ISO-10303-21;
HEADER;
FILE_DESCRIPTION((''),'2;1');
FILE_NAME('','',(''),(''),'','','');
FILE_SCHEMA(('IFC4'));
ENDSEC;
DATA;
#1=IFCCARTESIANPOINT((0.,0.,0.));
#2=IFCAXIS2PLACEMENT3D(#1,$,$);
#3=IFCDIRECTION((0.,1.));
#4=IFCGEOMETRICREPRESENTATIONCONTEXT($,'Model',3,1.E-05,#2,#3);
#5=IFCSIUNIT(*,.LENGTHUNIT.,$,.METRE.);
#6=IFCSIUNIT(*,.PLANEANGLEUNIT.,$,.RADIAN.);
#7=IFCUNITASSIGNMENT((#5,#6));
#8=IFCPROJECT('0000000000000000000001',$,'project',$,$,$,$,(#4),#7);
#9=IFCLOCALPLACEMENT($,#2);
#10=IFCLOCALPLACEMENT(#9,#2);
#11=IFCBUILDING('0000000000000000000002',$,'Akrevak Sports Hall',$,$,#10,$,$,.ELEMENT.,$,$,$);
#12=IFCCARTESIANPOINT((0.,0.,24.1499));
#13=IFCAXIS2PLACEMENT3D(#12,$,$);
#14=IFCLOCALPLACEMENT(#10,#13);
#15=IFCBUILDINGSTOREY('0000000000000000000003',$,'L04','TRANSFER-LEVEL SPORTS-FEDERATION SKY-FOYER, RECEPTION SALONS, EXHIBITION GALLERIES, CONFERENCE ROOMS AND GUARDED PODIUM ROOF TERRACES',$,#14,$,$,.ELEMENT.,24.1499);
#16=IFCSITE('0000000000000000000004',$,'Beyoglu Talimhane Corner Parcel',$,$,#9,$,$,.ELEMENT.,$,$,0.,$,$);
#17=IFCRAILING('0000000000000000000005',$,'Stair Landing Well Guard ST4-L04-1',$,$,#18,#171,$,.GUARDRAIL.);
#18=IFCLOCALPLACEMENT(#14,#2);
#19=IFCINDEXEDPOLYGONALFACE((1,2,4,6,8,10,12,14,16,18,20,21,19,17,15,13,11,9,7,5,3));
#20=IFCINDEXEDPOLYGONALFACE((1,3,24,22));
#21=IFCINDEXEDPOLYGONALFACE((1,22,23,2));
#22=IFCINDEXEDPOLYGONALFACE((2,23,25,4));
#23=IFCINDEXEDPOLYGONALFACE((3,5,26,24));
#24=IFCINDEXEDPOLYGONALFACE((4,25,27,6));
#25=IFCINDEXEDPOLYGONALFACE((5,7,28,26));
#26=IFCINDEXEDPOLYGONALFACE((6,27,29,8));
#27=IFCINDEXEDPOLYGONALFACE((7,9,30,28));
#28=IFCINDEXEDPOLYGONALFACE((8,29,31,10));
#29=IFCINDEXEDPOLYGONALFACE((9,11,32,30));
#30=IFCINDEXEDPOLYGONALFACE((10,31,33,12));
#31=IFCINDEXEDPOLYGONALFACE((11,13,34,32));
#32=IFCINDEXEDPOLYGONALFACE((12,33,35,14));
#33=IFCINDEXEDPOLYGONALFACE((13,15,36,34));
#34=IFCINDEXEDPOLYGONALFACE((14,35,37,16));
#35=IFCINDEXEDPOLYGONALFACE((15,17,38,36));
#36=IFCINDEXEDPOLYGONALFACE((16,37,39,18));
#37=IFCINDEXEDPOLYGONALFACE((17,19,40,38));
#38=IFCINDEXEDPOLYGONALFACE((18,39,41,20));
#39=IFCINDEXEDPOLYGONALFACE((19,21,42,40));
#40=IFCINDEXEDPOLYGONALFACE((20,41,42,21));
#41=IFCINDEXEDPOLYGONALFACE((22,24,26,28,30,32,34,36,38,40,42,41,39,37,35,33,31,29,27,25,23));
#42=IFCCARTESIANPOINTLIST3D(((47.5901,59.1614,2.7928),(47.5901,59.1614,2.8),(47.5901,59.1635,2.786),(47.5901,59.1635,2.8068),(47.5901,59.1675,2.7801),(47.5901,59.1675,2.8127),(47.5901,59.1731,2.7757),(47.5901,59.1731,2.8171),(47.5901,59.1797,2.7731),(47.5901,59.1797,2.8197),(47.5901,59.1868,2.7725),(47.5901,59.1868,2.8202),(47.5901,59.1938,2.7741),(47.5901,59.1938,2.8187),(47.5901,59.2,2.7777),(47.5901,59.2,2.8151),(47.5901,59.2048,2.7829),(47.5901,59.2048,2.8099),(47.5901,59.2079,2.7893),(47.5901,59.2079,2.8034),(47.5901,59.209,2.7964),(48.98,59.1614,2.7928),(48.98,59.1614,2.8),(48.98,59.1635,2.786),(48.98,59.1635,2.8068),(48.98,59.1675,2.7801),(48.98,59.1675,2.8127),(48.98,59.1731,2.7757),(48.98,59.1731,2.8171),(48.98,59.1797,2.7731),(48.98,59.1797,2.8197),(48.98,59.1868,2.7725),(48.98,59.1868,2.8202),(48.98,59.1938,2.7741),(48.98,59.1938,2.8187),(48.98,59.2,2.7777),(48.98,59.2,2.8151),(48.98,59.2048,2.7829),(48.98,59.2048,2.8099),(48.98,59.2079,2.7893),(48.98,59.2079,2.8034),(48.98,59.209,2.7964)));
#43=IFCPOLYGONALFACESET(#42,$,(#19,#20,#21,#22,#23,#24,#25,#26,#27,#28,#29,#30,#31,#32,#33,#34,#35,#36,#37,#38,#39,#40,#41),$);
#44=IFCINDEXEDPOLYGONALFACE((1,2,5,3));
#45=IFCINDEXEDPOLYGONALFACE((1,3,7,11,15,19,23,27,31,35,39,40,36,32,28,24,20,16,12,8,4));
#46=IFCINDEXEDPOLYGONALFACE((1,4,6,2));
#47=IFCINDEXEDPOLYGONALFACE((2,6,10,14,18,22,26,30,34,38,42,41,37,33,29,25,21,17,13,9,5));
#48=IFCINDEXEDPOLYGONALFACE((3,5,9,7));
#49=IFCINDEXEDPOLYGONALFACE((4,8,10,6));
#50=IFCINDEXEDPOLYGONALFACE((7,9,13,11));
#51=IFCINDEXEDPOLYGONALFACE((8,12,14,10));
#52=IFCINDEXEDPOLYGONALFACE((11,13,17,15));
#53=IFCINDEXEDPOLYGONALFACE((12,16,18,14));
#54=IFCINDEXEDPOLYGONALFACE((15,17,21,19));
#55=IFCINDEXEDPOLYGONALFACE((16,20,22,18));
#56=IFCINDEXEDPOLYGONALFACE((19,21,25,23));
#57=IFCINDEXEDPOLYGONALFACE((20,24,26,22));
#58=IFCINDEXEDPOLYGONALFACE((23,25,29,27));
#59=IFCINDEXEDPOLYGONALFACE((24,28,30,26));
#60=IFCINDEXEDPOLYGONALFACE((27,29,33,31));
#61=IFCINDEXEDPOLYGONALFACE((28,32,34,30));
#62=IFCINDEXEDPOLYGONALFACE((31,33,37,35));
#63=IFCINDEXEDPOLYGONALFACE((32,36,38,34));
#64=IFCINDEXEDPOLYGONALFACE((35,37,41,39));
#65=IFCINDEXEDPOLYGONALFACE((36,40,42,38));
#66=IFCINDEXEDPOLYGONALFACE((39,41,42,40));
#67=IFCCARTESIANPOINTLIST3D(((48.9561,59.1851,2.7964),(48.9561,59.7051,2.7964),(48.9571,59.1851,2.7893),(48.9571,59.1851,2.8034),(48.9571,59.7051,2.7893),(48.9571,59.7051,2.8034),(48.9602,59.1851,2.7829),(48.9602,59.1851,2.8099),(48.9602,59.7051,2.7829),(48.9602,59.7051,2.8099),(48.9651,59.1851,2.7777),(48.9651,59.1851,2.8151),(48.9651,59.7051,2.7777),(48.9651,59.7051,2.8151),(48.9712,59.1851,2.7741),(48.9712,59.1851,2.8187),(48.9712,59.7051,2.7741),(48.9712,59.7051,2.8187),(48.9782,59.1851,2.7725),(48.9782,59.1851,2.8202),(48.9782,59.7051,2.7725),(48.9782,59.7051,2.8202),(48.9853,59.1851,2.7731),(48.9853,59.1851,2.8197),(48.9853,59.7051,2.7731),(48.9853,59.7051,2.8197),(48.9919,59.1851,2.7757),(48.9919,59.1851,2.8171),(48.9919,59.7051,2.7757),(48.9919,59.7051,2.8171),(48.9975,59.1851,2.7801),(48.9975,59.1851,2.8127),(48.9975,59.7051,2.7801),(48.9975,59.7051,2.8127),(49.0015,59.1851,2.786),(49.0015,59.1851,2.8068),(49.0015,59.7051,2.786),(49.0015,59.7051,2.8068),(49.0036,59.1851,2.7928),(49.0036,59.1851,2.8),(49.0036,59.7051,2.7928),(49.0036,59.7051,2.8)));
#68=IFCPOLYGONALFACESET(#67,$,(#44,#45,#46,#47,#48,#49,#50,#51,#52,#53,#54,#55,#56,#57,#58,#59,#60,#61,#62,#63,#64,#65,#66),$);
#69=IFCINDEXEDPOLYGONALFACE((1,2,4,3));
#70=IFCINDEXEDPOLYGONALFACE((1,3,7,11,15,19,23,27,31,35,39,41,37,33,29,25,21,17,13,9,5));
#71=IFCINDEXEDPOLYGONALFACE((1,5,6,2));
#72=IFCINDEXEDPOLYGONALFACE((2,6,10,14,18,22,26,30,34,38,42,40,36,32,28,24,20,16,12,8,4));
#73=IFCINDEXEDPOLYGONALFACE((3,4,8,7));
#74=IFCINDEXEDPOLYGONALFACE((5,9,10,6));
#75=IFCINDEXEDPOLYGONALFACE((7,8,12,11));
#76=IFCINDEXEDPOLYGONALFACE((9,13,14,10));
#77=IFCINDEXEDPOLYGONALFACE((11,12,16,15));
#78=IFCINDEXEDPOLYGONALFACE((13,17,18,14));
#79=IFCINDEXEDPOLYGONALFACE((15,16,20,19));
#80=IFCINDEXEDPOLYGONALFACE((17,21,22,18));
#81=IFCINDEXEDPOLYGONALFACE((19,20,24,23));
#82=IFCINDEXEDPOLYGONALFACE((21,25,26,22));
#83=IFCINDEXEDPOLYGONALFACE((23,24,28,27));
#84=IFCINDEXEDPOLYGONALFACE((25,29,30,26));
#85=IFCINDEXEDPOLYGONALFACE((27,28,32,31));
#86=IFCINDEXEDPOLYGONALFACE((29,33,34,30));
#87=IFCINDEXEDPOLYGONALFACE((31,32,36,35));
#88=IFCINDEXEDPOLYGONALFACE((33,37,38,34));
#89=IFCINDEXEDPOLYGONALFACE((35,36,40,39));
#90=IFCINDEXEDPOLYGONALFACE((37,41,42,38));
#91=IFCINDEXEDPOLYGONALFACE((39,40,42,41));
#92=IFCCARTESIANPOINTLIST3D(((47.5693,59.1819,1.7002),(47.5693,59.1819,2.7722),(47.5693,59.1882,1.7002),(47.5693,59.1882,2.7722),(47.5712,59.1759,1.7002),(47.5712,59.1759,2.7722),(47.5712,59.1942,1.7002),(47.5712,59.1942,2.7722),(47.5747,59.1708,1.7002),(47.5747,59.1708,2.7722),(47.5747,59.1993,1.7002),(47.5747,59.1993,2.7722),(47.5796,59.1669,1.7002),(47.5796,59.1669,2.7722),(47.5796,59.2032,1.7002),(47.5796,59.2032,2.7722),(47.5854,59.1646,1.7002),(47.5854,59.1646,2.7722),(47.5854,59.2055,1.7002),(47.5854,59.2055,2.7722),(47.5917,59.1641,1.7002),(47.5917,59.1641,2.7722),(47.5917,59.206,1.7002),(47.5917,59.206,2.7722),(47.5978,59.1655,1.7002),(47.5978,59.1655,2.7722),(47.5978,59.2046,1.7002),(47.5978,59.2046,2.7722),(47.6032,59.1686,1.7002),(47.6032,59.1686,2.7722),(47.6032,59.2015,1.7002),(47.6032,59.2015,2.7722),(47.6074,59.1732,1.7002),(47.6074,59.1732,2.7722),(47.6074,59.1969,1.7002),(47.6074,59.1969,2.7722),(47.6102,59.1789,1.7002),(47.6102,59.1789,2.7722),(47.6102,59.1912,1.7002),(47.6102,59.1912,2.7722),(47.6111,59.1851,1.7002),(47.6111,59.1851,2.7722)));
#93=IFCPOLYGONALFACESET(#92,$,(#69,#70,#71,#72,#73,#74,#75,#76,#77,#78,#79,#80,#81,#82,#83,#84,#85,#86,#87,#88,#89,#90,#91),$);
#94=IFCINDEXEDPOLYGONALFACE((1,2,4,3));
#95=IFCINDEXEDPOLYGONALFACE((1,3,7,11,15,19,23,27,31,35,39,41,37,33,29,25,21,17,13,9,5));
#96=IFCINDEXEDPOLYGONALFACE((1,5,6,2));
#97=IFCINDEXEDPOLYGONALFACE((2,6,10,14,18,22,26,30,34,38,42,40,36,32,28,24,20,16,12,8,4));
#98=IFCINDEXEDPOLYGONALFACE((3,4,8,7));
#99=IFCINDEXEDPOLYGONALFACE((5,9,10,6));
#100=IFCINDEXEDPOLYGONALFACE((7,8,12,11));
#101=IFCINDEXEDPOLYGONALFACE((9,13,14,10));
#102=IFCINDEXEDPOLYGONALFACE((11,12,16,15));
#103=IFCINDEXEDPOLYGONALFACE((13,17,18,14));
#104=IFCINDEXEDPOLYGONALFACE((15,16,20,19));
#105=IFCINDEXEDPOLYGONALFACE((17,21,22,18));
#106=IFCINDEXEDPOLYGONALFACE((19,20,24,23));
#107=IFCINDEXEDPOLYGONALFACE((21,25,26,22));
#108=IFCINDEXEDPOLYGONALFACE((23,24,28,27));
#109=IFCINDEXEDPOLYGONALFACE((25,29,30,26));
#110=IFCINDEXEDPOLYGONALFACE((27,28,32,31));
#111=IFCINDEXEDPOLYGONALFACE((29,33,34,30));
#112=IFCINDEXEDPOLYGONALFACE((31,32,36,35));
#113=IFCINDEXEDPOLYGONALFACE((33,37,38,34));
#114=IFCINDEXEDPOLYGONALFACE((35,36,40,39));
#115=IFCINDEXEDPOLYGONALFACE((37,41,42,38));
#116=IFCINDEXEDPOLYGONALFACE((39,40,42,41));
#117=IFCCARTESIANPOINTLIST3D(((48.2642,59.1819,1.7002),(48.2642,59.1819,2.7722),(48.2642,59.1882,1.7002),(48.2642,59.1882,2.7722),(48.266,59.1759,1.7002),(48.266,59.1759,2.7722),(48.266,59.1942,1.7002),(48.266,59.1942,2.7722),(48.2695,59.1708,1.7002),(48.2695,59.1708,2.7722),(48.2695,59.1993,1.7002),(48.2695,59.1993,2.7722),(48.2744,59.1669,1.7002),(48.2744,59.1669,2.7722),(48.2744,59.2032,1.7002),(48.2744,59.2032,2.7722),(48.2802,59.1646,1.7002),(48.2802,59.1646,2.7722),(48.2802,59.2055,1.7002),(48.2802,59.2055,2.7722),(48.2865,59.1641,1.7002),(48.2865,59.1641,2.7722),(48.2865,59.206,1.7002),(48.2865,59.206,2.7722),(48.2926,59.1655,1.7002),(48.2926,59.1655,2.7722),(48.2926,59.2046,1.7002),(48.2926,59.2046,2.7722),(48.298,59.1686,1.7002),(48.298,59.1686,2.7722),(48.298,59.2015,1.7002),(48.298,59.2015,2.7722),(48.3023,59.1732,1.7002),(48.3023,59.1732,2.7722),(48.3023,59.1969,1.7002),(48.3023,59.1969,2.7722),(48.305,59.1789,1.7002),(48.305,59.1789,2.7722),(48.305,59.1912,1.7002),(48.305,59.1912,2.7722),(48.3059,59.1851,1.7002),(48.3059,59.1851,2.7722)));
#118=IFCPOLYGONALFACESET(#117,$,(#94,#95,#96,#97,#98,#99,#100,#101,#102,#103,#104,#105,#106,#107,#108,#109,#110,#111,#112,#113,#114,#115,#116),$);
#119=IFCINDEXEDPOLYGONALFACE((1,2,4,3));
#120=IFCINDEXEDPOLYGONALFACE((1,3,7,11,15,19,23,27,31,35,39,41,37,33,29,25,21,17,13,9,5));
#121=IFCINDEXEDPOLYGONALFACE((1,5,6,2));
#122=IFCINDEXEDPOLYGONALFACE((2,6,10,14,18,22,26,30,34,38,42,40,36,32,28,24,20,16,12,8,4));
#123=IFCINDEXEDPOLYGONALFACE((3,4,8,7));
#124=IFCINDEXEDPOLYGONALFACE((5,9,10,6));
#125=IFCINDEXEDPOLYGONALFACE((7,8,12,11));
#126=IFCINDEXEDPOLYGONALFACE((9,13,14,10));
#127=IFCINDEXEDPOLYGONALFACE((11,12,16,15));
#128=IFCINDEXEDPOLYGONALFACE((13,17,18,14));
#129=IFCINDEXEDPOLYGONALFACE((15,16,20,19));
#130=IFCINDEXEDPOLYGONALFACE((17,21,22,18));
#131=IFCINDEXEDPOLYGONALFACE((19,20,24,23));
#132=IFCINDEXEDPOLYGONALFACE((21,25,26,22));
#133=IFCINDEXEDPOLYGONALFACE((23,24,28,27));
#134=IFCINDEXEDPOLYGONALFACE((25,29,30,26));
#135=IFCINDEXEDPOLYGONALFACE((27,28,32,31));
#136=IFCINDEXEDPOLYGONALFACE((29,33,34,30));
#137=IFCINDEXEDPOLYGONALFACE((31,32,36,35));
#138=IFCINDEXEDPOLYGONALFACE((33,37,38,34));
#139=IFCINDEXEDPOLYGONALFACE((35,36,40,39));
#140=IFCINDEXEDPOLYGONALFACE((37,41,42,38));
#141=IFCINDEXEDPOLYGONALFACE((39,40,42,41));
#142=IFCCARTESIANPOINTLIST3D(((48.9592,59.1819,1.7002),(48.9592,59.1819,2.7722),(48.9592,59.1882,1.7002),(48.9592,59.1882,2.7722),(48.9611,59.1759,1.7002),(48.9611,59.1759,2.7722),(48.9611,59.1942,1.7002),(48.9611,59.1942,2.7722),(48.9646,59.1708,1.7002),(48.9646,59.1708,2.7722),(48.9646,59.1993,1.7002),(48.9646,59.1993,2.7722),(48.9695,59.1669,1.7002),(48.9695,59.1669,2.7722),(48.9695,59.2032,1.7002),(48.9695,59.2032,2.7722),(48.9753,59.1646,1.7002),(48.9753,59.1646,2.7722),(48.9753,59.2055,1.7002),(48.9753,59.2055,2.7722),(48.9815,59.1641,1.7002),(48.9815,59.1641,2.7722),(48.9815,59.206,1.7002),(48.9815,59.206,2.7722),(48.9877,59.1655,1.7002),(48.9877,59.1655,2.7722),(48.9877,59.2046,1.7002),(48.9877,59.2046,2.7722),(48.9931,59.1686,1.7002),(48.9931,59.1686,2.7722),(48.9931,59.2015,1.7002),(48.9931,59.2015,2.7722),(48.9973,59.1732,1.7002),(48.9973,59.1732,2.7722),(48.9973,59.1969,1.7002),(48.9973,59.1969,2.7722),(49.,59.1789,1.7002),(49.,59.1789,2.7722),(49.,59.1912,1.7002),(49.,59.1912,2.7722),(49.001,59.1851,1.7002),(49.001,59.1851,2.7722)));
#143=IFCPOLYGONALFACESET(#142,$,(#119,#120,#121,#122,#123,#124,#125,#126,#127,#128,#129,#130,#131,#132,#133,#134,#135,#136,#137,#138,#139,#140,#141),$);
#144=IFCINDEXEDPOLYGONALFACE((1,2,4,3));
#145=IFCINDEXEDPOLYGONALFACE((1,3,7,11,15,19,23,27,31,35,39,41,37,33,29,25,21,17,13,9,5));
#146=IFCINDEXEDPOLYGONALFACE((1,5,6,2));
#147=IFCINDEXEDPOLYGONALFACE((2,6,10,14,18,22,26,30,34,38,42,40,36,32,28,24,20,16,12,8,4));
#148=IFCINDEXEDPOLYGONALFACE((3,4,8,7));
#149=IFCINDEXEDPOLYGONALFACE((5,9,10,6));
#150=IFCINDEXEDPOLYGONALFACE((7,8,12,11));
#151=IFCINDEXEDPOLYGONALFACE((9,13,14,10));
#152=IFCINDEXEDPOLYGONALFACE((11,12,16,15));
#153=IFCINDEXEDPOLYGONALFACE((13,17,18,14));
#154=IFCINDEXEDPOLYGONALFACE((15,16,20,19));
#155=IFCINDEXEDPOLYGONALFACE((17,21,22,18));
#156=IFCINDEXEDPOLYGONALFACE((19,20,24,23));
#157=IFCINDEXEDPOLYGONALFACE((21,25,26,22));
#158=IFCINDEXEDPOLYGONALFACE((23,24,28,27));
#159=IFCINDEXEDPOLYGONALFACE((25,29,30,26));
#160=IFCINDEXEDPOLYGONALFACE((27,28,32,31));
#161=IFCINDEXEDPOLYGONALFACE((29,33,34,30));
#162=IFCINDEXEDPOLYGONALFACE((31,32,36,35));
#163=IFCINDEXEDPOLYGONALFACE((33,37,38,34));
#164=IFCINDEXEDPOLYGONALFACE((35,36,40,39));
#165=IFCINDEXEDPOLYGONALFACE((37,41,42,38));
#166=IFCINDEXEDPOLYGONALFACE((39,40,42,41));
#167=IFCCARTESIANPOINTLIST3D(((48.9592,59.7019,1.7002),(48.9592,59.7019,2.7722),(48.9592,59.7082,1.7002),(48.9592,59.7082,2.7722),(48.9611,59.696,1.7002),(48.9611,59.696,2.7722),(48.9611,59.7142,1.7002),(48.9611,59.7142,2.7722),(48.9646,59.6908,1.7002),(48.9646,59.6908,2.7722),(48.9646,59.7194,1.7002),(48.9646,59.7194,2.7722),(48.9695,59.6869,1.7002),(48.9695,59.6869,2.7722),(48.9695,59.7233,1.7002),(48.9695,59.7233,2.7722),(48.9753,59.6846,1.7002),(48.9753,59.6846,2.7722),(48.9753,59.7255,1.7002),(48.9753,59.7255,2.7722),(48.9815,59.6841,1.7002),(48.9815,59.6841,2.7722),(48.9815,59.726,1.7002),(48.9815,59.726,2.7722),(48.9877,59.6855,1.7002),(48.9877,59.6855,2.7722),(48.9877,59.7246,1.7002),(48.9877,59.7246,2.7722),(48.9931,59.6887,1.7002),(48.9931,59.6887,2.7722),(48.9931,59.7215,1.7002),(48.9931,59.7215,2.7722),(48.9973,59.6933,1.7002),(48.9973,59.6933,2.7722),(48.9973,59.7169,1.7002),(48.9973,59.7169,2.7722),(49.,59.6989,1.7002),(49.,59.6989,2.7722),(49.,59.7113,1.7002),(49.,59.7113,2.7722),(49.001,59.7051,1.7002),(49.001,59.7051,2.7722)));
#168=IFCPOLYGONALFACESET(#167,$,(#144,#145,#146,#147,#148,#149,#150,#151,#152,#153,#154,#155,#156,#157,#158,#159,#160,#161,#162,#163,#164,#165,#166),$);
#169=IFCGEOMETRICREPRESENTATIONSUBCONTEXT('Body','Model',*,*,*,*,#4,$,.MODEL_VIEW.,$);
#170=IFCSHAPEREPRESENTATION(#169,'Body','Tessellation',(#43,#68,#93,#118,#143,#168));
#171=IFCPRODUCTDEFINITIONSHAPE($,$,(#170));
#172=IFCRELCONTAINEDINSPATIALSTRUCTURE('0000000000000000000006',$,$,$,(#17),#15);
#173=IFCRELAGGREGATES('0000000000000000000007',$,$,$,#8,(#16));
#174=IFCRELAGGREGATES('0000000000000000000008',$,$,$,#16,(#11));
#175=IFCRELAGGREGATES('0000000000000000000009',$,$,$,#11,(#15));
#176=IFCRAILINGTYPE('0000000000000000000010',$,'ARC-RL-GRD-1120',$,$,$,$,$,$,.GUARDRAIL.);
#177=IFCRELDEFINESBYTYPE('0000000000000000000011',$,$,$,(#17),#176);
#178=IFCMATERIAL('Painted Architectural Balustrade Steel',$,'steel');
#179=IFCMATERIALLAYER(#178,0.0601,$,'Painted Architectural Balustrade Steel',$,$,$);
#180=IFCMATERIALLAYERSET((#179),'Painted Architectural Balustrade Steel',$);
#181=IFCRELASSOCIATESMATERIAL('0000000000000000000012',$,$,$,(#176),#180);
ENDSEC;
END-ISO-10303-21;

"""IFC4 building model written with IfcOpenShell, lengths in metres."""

from ifc_helpers import new_model, si_unit, direction, frame, origin, origin_2d, place, context, subcontext, project, spatial, circle, extrude, material, layer, layer_set, type_object, element, save


model = new_model("IFC4")

# Units and contexts
model_context = context("Model", 3, precision=1e-05, world=origin(), true_north=direction((0.0, 1.0)))
body_context = subcontext(model_context, "Body", "Model", "MODEL_VIEW")
ifc_project = project(units=[si_unit("LENGTHUNIT", "METRE"), si_unit("PLANEANGLEUNIT", "RADIAN")], contexts=[model_context])

# Site, building, storey
site_placement = place(None, origin())
site = spatial("IfcSite", under=ifc_project, at=site_placement, Name="Beyoglu Talimhane Corner Parcel", CompositionType="ELEMENT", RefElevation=0.0)
building_placement = place(site_placement, origin())
building = spatial("IfcBuilding", under=site, at=building_placement, Name="Akrevak Sports Hall", CompositionType="ELEMENT")
storey_placement = place(building_placement, frame((0.0, 0.0, 24.1499)))
storey = spatial("IfcBuildingStorey", under=building, at=storey_placement, Name="L04", Description="TRANSFER-LEVEL SPORTS-FEDERATION SKY-FOYER, RECEPTION SALONS, EXHIBITION GALLERIES, CONFERENCE ROOMS AND GUARDED PODIUM ROOF TERRACES", CompositionType="ELEMENT", Elevation=24.1499)

# Railing
ifc_material_1 = material(Name="Painted Architectural Balustrade Steel", Category="steel")
ifc_layer_1 = layer(ifc_material_1, 0.0601, Name="Painted Architectural Balustrade Steel")
ifc_layer_set_1 = layer_set([ifc_layer_1], Name="Painted Architectural Balustrade Steel")
railing_type_1 = type_object("IfcRailingType", Name="ARC-RL-GRD-1120", PredefinedType="GUARDRAIL", material=ifc_layer_set_1)
railing_1_placement = place(storey_placement, frame((47.5901, 59.1851, 1.7002)))
element("IfcRailing", 1, at=railing_1_placement, inside=storey, type_object=railing_type_1, Name="Stair Landing Well Guard ST4-L04-1", PredefinedType="GUARDRAIL", context=body_context, shape_type="SweptSolid", body=[
    extrude(circle(Radius=0.0239, at=origin_2d()), frame((0.0, 0.0, 1.0962), z_axis=(1.0, 0.0, 0.0), x_axis=(0.0, 1.0, 0.0)), (0.0, 0.0, 1.0), 1.3899),
    extrude(circle(Radius=0.0239, at=origin_2d()), frame((1.3899, 0.0, 1.0962), z_axis=(0.0, 1.0, 0.0), x_axis=(-1.0, 0.0, 0.0)), (0.0, 0.0, 1.0), 0.52),
    extrude(circle(Radius=0.021, at=origin_2d()), origin(), (0.0, 0.0, 1.0), 1.072),
    extrude(circle(Radius=0.021, at=origin_2d()), frame((0.6948, 0.0, 0.0)), (0.0, 0.0, 1.0), 1.072),
    extrude(circle(Radius=0.021, at=origin_2d()), frame((1.3899, 0.0, 0.0)), (0.0, 0.0, 1.0), 1.072),
    extrude(circle(Radius=0.021, at=origin_2d()), frame((1.3899, 0.52, 0.0)), (0.0, 0.0, 1.0), 1.072),
])

save(model, "model.ifc")
